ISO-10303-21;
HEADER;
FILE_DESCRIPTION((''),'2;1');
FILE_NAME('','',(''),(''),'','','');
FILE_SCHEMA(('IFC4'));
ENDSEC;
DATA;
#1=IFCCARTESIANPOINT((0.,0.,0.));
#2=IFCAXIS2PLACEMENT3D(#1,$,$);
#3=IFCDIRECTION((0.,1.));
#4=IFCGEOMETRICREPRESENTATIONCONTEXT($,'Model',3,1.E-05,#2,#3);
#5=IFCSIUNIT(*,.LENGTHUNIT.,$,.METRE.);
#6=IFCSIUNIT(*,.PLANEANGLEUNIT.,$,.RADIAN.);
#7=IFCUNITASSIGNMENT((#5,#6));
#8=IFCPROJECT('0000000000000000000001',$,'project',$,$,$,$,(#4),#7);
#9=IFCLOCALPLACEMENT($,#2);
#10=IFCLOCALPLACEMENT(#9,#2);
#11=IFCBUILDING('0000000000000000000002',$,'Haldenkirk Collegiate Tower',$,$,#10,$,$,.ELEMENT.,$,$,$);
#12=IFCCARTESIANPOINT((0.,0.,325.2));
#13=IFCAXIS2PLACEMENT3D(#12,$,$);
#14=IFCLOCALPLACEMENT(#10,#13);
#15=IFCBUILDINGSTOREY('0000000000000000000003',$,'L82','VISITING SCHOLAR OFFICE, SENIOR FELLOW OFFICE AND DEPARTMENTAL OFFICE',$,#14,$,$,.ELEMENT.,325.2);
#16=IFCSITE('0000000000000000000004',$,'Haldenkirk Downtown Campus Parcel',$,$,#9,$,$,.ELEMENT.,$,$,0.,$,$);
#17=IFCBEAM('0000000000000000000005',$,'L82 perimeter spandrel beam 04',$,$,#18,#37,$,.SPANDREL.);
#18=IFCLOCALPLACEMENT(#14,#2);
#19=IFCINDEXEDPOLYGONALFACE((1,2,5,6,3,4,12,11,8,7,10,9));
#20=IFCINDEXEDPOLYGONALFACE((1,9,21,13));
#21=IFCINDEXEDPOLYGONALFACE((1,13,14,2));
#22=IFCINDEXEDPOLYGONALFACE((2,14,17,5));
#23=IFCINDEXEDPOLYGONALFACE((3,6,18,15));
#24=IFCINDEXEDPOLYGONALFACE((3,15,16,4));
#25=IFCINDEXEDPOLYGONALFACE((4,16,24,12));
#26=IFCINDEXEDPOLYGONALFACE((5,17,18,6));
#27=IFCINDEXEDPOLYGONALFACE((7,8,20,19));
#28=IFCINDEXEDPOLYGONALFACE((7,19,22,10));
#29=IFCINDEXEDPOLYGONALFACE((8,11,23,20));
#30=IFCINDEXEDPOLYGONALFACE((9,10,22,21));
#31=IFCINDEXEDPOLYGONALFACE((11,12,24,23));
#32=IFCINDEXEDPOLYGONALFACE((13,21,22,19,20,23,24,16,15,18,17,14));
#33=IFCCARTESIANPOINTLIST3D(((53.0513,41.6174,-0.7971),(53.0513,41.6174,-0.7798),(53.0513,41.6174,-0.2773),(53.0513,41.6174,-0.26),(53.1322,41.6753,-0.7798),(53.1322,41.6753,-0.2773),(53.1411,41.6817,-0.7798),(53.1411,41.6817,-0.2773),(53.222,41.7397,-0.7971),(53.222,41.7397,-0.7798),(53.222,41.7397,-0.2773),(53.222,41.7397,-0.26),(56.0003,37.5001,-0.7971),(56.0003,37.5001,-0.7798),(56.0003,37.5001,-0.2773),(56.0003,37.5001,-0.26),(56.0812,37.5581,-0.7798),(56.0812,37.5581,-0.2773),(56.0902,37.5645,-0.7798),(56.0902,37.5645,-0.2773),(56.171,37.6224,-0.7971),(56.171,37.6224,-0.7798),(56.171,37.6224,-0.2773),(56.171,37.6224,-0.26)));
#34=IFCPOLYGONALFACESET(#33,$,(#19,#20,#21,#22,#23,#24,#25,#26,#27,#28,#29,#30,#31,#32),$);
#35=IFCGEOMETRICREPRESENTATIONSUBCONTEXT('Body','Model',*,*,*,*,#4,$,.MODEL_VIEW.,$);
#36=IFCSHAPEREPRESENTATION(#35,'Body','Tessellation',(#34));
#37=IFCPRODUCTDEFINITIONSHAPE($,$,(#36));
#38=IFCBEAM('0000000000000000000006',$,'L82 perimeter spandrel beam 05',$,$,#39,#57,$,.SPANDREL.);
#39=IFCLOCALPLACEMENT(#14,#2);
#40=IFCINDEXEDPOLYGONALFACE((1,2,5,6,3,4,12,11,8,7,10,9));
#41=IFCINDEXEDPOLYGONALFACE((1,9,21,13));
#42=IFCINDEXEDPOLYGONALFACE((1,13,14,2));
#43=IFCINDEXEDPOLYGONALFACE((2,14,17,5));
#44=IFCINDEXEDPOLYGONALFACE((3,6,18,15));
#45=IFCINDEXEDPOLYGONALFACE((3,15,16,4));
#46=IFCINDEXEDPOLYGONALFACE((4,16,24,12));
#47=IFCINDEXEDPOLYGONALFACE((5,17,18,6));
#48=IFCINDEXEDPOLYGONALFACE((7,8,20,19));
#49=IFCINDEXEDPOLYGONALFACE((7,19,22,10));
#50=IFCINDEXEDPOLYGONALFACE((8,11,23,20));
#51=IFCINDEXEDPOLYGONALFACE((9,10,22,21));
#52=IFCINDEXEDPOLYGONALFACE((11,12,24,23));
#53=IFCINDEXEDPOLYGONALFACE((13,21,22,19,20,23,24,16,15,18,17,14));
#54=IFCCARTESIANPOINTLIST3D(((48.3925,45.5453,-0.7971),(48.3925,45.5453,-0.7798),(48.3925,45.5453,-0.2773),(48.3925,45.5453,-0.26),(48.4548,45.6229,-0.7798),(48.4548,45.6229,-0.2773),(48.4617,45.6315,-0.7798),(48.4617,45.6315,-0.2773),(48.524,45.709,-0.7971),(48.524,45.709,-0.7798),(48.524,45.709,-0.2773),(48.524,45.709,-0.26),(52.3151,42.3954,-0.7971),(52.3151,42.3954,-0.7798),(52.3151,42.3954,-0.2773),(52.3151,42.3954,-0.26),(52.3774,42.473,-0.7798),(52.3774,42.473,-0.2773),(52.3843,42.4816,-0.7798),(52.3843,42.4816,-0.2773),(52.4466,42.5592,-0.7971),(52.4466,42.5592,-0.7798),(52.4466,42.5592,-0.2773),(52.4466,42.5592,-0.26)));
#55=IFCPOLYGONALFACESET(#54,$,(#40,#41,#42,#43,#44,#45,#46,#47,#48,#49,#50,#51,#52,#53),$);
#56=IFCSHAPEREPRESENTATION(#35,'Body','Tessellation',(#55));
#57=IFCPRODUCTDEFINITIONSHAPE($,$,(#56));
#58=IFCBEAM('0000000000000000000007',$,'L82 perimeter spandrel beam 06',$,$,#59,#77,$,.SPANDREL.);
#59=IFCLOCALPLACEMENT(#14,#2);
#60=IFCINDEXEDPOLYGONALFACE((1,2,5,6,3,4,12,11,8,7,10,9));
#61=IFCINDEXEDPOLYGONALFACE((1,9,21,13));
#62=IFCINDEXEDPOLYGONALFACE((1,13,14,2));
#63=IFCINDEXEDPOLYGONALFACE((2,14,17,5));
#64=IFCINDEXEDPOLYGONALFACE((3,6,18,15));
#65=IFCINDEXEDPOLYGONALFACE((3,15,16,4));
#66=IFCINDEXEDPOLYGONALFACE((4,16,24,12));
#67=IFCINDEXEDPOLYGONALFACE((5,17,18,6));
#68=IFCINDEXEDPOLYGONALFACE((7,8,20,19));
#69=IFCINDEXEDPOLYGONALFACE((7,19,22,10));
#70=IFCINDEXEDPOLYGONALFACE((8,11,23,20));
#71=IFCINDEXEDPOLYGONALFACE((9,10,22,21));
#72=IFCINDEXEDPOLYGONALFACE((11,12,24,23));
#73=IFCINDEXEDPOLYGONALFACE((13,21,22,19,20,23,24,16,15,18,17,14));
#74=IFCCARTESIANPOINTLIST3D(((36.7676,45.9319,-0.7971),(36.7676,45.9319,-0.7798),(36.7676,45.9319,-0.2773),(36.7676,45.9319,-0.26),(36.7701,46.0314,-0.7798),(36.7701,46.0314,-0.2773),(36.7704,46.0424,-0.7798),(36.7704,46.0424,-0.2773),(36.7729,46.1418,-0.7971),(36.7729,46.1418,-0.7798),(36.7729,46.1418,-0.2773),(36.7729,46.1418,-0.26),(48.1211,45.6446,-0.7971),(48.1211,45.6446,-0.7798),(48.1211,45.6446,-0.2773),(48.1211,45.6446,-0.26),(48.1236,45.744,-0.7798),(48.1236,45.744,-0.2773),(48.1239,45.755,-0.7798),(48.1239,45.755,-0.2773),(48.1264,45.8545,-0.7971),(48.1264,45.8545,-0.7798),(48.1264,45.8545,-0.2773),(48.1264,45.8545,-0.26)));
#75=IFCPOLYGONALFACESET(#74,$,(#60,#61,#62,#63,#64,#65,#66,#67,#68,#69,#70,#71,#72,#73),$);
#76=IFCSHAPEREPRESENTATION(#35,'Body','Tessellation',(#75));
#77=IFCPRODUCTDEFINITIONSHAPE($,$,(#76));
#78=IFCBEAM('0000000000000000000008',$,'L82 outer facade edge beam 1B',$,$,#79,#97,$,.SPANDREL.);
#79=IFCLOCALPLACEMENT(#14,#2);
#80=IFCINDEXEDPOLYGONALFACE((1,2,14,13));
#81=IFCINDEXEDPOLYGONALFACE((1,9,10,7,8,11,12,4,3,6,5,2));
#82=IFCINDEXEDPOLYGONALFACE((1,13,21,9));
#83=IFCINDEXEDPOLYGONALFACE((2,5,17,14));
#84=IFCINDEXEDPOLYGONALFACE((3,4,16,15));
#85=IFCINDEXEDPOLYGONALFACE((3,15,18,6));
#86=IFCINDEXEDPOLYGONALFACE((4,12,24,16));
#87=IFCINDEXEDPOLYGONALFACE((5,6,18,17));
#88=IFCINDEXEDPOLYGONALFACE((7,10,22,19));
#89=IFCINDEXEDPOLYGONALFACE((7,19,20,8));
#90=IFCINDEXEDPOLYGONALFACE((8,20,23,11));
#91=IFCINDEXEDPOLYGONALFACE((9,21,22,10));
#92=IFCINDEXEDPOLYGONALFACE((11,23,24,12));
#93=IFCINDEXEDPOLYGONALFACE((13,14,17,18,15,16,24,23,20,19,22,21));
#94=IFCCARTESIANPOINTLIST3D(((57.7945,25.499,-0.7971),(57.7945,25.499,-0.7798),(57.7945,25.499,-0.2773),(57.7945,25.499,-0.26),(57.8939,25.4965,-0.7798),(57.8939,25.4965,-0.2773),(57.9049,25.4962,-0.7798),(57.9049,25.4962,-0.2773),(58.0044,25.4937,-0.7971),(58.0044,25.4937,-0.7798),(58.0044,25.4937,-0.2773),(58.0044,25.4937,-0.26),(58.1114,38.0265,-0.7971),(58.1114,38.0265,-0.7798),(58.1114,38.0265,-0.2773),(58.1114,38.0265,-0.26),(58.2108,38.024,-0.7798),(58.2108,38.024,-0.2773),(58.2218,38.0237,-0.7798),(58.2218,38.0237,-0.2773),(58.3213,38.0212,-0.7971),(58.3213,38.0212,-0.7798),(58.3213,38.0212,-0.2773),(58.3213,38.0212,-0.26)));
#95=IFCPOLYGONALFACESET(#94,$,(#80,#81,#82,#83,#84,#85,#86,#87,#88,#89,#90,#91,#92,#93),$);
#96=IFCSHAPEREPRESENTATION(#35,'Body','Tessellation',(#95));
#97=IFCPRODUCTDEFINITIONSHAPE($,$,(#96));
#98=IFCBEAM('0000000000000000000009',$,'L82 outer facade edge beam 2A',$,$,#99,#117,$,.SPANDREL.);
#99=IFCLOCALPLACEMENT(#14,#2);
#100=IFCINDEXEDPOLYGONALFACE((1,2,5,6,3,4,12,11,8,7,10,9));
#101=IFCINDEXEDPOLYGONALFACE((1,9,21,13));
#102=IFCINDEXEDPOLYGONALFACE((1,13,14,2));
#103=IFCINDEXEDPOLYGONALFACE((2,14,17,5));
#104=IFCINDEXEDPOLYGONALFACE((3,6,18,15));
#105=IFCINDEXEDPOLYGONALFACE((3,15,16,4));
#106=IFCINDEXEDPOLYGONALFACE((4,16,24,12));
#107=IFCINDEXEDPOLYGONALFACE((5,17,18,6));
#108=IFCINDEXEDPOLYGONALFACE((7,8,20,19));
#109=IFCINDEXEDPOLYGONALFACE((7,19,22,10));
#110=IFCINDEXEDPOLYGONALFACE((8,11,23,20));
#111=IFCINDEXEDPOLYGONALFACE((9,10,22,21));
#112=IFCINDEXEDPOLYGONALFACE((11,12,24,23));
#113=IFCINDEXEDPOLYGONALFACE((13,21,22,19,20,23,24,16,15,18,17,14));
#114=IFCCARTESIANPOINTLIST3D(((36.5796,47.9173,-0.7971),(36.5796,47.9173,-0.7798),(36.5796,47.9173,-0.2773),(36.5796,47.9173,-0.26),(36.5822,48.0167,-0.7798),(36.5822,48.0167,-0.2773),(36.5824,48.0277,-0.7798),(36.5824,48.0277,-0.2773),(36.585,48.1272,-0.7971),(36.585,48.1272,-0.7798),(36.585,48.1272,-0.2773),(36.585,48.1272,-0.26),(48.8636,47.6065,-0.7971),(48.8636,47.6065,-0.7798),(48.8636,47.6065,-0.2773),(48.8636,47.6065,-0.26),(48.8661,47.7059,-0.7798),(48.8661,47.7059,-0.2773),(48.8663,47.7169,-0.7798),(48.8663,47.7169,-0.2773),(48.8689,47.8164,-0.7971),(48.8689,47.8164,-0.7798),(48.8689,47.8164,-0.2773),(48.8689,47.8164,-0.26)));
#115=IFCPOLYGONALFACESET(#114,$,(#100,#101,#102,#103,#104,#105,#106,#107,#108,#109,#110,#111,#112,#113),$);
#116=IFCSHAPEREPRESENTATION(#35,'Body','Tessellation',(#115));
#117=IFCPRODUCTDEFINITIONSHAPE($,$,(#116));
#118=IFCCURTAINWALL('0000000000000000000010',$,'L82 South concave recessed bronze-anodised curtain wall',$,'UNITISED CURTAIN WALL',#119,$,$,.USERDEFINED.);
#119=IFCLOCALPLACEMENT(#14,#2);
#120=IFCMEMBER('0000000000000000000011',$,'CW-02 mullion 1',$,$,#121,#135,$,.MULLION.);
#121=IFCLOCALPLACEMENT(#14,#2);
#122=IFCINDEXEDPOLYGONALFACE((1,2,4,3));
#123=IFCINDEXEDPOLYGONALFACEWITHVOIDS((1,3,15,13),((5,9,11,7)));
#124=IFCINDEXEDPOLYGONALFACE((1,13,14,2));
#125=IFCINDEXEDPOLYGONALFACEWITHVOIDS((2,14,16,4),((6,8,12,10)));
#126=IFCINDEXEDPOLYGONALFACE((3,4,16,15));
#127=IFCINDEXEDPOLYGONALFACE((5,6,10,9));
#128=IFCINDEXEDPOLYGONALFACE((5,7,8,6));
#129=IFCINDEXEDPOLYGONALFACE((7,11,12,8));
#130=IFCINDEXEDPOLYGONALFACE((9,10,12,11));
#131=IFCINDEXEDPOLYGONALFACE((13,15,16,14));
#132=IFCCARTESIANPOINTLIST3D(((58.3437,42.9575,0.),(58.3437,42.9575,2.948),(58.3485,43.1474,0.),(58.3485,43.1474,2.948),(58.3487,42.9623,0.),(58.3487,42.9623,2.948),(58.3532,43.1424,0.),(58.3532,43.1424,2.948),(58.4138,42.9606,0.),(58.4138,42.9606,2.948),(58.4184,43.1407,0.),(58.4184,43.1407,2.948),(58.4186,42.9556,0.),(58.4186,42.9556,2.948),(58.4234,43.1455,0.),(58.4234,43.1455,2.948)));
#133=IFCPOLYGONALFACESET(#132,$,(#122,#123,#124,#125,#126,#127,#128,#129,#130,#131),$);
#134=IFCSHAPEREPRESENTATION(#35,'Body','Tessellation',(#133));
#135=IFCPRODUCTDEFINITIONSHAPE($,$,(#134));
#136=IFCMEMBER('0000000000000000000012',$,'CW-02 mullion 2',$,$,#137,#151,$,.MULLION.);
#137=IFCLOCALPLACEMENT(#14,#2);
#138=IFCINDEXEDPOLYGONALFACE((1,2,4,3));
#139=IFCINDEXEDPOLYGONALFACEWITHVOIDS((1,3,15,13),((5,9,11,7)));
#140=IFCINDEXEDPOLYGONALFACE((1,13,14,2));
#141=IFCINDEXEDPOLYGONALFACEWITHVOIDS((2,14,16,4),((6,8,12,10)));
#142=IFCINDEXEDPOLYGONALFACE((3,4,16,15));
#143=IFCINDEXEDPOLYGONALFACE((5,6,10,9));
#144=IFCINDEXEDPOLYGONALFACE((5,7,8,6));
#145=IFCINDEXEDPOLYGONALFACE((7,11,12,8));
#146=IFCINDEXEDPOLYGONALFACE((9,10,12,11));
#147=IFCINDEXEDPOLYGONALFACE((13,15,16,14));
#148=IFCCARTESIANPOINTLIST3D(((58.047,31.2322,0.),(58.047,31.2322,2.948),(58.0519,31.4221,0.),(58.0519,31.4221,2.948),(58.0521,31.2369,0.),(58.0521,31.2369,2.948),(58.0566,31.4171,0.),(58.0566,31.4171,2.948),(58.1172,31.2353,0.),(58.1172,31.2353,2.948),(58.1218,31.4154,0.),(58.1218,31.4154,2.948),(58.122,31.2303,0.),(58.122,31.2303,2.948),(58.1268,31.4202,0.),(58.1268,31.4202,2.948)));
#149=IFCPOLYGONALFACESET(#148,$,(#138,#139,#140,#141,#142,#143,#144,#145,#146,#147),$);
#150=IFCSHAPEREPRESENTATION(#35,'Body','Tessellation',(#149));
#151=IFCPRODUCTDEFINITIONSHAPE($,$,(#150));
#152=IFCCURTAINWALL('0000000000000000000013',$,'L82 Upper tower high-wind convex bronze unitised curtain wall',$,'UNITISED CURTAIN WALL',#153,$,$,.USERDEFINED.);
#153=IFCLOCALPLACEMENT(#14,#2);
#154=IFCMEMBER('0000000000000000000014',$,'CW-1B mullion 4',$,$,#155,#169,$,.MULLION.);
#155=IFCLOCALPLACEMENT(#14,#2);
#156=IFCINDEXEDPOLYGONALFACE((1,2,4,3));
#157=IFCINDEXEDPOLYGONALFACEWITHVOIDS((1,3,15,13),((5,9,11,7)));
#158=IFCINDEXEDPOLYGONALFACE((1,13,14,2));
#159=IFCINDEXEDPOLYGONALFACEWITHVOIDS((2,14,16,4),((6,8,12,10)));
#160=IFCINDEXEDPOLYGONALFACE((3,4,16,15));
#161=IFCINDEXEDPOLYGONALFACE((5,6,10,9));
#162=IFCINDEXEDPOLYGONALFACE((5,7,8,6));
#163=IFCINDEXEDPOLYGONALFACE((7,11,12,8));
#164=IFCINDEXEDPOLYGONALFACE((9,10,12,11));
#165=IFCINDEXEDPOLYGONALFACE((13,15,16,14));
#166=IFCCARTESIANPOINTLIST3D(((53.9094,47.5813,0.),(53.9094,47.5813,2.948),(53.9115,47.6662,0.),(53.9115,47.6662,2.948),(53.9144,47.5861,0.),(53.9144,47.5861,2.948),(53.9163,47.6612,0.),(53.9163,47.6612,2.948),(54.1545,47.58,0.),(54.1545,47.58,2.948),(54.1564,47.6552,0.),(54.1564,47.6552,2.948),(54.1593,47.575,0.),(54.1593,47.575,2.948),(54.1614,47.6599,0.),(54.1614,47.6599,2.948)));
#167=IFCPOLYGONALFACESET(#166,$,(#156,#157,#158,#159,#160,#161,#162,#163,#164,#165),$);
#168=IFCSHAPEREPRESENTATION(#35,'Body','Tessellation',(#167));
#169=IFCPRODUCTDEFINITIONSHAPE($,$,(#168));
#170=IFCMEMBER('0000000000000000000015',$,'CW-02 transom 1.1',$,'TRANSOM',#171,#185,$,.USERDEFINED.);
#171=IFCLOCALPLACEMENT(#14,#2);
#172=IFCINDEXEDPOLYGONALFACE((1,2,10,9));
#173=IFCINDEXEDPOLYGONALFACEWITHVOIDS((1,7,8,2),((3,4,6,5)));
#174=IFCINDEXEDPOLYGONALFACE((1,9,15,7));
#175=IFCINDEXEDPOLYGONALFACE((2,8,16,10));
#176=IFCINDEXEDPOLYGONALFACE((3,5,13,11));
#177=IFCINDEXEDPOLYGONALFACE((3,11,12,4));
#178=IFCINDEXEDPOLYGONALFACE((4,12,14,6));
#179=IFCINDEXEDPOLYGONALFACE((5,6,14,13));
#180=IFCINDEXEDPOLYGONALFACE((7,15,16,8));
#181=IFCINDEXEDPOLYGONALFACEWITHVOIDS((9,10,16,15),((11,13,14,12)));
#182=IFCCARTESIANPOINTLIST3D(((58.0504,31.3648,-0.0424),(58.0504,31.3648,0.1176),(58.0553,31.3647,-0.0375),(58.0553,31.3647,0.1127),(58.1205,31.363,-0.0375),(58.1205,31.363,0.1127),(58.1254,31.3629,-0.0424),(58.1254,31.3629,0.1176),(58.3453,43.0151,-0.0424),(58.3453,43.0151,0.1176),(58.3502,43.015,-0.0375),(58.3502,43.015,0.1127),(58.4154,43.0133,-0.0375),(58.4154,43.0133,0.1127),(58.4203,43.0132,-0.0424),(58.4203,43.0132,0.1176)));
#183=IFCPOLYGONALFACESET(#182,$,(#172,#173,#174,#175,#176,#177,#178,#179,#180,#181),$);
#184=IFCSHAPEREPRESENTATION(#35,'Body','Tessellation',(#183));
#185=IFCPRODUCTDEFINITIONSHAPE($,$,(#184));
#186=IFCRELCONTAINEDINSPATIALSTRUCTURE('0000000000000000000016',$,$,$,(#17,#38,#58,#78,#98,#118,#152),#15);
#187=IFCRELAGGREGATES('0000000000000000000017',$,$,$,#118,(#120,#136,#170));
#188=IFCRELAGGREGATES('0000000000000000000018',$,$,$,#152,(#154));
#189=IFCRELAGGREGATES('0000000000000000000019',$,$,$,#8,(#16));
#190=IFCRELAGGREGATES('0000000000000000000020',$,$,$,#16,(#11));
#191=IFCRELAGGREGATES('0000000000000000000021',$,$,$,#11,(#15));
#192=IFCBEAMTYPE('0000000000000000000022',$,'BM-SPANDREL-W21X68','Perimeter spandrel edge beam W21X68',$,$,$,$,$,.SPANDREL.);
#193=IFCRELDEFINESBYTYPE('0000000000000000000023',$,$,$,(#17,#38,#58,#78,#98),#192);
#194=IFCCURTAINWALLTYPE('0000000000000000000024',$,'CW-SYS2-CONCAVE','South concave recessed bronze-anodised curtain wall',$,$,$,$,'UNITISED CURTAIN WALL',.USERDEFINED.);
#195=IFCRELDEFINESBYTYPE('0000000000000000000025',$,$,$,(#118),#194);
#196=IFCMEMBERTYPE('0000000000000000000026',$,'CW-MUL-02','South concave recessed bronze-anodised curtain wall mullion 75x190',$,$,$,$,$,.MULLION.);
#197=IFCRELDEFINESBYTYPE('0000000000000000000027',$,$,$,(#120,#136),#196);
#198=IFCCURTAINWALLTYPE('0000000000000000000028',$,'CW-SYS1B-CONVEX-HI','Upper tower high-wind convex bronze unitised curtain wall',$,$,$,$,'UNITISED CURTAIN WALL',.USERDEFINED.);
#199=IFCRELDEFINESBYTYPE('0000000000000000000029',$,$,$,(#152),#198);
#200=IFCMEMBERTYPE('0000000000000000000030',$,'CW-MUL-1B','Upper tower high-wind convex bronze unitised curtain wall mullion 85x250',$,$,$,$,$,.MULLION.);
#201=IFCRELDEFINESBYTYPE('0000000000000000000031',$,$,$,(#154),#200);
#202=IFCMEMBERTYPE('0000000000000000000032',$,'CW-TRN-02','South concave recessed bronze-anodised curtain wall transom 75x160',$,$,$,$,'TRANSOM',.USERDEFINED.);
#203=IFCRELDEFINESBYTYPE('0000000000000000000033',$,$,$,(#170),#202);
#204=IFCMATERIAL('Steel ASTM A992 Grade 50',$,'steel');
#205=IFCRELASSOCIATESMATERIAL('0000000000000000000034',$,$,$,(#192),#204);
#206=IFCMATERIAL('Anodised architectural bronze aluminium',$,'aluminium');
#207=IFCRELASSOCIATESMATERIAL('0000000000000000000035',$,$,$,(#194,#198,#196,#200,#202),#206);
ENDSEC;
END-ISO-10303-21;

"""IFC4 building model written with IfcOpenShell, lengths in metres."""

from ifc_helpers import new_model, si_unit, direction, frame, origin, origin_2d, place, context, subcontext, project, spatial, hollow_rectangle, i_section, extrude, material, material_profile, profile_set, type_object, element, aggregate, save


model = new_model("IFC4")

# Units and contexts
model_context = context("Model", 3, precision=1e-05, world=origin(), true_north=direction((0.0, 1.0)))
body_context = subcontext(model_context, "Body", "Model", "MODEL_VIEW")
ifc_project = project(units=[si_unit("LENGTHUNIT", "METRE"), si_unit("PLANEANGLEUNIT", "RADIAN")], contexts=[model_context])

# Site, building, storey
site_placement = place(None, origin())
site = spatial("IfcSite", under=ifc_project, at=site_placement, Name="Haldenkirk Downtown Campus Parcel", CompositionType="ELEMENT", RefElevation=0.0)
building_placement = place(site_placement, origin())
building = spatial("IfcBuilding", under=site, at=building_placement, Name="Haldenkirk Collegiate Tower", CompositionType="ELEMENT")
storey_placement = place(building_placement, frame((0.0, 0.0, 325.2)))
storey = spatial("IfcBuildingStorey", under=building, at=storey_placement, Name="L82", Description="VISITING SCHOLAR OFFICE, SENIOR FELLOW OFFICE AND DEPARTMENTAL OFFICE", CompositionType="ELEMENT", Elevation=325.2)

# Beams
ifc_material_1 = material(Name="Steel ASTM A992 Grade 50", Category="steel")
ifc_material_profile_1 = material_profile(ifc_material_1, i_section(OverallWidth=0.21, OverallDepth=0.5371, WebThickness=0.011, FlangeThickness=0.0173, at=origin_2d()), Name="W21X68")
ifc_profile_set_1 = profile_set([ifc_material_profile_1], Name="Steel ASTM A992 Grade 50")
beam_type_1 = type_object("IfcBeamType", Name="BM-SPANDREL-W21X68", Description="Perimeter spandrel edge beam W21X68", PredefinedType="SPANDREL", material=ifc_profile_set_1)
beam_1_placement = place(storey_placement, frame((56.0857, 37.5613, -0.5286), z_axis=(-0.5823, 0.812974, 0.0), x_axis=(-0.812974, -0.5823, 0.0)))
element("IfcBeam", 1, at=beam_1_placement, inside=storey, type_object=beam_type_1, Name="L82 perimeter spandrel beam 04", PredefinedType="SPANDREL", context=body_context, shape_type="SweptSolid", body=[
    extrude(i_section(OverallWidth=0.21, OverallDepth=0.5371, WebThickness=0.011, FlangeThickness=0.0173, at=origin_2d()), origin(), (0.0, 0.0, 1.0), 5.0645),
])
beam_2_placement = place(storey_placement, frame((52.3809, 42.4773, -0.5286), z_axis=(-0.779722, 0.626126, 0.0), x_axis=(-0.626126, -0.779722, 0.0)))
element("IfcBeam", 2, at=beam_2_placement, inside=storey, type_object=beam_type_1, Name="L82 perimeter spandrel beam 05", PredefinedType="SPANDREL", context=body_context, shape_type="SweptSolid", body=[
    extrude(i_section(OverallWidth=0.21, OverallDepth=0.5371, WebThickness=0.011, FlangeThickness=0.0173, at=origin_2d()), origin(), (0.0, 0.0, 1.0), 5.0308),
])
beam_3_placement = place(storey_placement, frame((48.1238, 45.7495, -0.5286), z_axis=(-0.99968, 0.025302, 0.0), x_axis=(-0.025302, -0.99968, 0.0)))
element("IfcBeam", 3, at=beam_3_placement, inside=storey, type_object=beam_type_1, Name="L82 perimeter spandrel beam 06", PredefinedType="SPANDREL", context=body_context, shape_type="SweptSolid", body=[
    extrude(i_section(OverallWidth=0.21, OverallDepth=0.5371, WebThickness=0.011, FlangeThickness=0.0173, at=origin_2d()), origin(), (0.0, 0.0, 1.0), 11.3572),
])
beam_4_placement = place(storey_placement, frame((57.8994, 25.4963, -0.5286), z_axis=(0.025288, 0.99968, 0.0), x_axis=(-0.99968, 0.025288, 0.0)))
element("IfcBeam", 4, at=beam_4_placement, inside=storey, type_object=beam_type_1, Name="L82 outer facade edge beam 1B", PredefinedType="SPANDREL", context=body_context, shape_type="SweptSolid", body=[
    extrude(i_section(OverallWidth=0.21, OverallDepth=0.5371, WebThickness=0.011, FlangeThickness=0.0173, at=origin_2d()), origin(), (0.0, 0.0, 1.0), 12.5315),
])
beam_5_placement = place(storey_placement, frame((48.8662, 47.7114, -0.5286), z_axis=(-0.99968, 0.025293, 0.0), x_axis=(-0.025293, -0.99968, 0.0)))
element("IfcBeam", 5, at=beam_5_placement, inside=storey, type_object=beam_type_1, Name="L82 outer facade edge beam 2A", PredefinedType="SPANDREL", context=body_context, shape_type="SweptSolid", body=[
    extrude(i_section(OverallWidth=0.21, OverallDepth=0.5371, WebThickness=0.011, FlangeThickness=0.0173, at=origin_2d()), origin(), (0.0, 0.0, 1.0), 12.2878),
])

# Curtain wall, members
ifc_material_2 = material(Name="Anodised architectural bronze aluminium", Category="aluminium")
curtain_wall_type_1 = type_object("IfcCurtainWallType", Name="CW-SYS2-CONCAVE", Description="South concave recessed bronze-anodised curtain wall", ElementType="UNITISED CURTAIN WALL", PredefinedType="USERDEFINED", material=ifc_material_2)
curtain_wall_1_placement = place(storey_placement, origin())
curtain_wall_1 = element("IfcCurtainWall", 6, at=curtain_wall_1_placement, inside=storey, type_object=curtain_wall_type_1, Name="L82 South concave recessed bronze-anodised curtain wall", ObjectType="UNITISED CURTAIN WALL", PredefinedType="USERDEFINED")
ifc_material_profile_2 = material_profile(ifc_material_2, hollow_rectangle(XDim=0.075, YDim=0.1899, WallThickness=0.0049, at=origin_2d()), Name="CW-MUL-02")
ifc_profile_set_2 = profile_set([ifc_material_profile_2], Name="Anodised architectural bronze aluminium")
member_type_1 = type_object("IfcMemberType", Name="CW-MUL-02", Description="South concave recessed bronze-anodised curtain wall mullion 75x190", PredefinedType="MULLION", material=ifc_profile_set_2)
member_1_placement = place(storey_placement, frame((58.3835, 43.0515, 0.0), z_axis=(0.0, 0.0, 1.0), x_axis=(0.99968, -0.025303, 0.0)))
member_1 = element("IfcMember", 7, at=member_1_placement, type_object=member_type_1, Name="CW-02 mullion 1", PredefinedType="MULLION", context=body_context, shape_type="SweptSolid", body=[
    extrude(hollow_rectangle(XDim=0.075, YDim=0.1899, WallThickness=0.0049, at=origin_2d()), origin(), (0.0, 0.0, 1.0), 2.948),
])
member_2_placement = place(storey_placement, frame((58.0869, 31.3262, 0.0), z_axis=(0.0, 0.0, 1.0), x_axis=(0.99968, -0.025303, 0.0)))
member_2 = element("IfcMember", 8, at=member_2_placement, type_object=member_type_1, Name="CW-02 mullion 2", PredefinedType="MULLION", context=body_context, shape_type="SweptSolid", body=[
    extrude(hollow_rectangle(XDim=0.075, YDim=0.1899, WallThickness=0.0049, at=origin_2d()), origin(), (0.0, 0.0, 1.0), 2.948),
])

# Curtain wall, member
curtain_wall_type_2 = type_object("IfcCurtainWallType", Name="CW-SYS1B-CONVEX-HI", Description="Upper tower high-wind convex bronze unitised curtain wall", ElementType="UNITISED CURTAIN WALL", PredefinedType="USERDEFINED", material=ifc_material_2)
curtain_wall_2_placement = place(storey_placement, origin())
curtain_wall_2 = element("IfcCurtainWall", 9, at=curtain_wall_2_placement, inside=storey, type_object=curtain_wall_type_2, Name="L82 Upper tower high-wind convex bronze unitised curtain wall", ObjectType="UNITISED CURTAIN WALL", PredefinedType="USERDEFINED")
ifc_material_profile_3 = material_profile(ifc_material_2, hollow_rectangle(XDim=0.085, YDim=0.25, WallThickness=0.0049, at=origin_2d()), Name="CW-MUL-1B")
ifc_profile_set_3 = profile_set([ifc_material_profile_3], Name="Anodised architectural bronze aluminium")
member_type_2 = type_object("IfcMemberType", Name="CW-MUL-1B", Description="Upper tower high-wind convex bronze unitised curtain wall mullion 85x250", PredefinedType="MULLION", material=ifc_profile_set_3)
member_3_placement = place(storey_placement, frame((54.0354, 47.6206, 0.0), z_axis=(0.0, 0.0, 1.0), x_axis=(0.025305, 0.99968, 0.0)))
member_3 = element("IfcMember", 10, at=member_3_placement, type_object=member_type_2, Name="CW-1B mullion 4", PredefinedType="MULLION", context=body_context, shape_type="SweptSolid", body=[
    extrude(hollow_rectangle(XDim=0.085, YDim=0.25, WallThickness=0.0049, at=origin_2d()), origin(), (0.0, 0.0, 1.0), 2.948),
])

# Member
ifc_material_profile_4 = material_profile(ifc_material_2, hollow_rectangle(XDim=0.075, YDim=0.1599, WallThickness=0.0049, at=origin_2d()), Name="CW-TRN-02")
ifc_profile_set_4 = profile_set([ifc_material_profile_4], Name="Anodised architectural bronze aluminium")
member_type_3 = type_object("IfcMemberType", Name="CW-TRN-02", Description="South concave recessed bronze-anodised curtain wall transom 75x160", ElementType="TRANSOM", PredefinedType="USERDEFINED", material=ifc_profile_set_4)
member_4_placement = place(storey_placement, frame((58.3828, 43.0142, 0.0376), z_axis=(-0.025306, -0.99968, 0.0), x_axis=(0.99968, -0.025306, 0.0)))
member_4 = element("IfcMember", 11, at=member_4_placement, type_object=member_type_3, Name="CW-02 transom 1.1", ObjectType="TRANSOM", PredefinedType="USERDEFINED", context=body_context, shape_type="SweptSolid", body=[
    extrude(hollow_rectangle(XDim=0.075, YDim=0.1599, WallThickness=0.0049, at=origin_2d()), origin(), (0.0, 0.0, 1.0), 11.6541),
])

aggregate(curtain_wall_1, [member_1, member_2, member_4])
aggregate(curtain_wall_2, [member_3])

save(model, "model.ifc")
